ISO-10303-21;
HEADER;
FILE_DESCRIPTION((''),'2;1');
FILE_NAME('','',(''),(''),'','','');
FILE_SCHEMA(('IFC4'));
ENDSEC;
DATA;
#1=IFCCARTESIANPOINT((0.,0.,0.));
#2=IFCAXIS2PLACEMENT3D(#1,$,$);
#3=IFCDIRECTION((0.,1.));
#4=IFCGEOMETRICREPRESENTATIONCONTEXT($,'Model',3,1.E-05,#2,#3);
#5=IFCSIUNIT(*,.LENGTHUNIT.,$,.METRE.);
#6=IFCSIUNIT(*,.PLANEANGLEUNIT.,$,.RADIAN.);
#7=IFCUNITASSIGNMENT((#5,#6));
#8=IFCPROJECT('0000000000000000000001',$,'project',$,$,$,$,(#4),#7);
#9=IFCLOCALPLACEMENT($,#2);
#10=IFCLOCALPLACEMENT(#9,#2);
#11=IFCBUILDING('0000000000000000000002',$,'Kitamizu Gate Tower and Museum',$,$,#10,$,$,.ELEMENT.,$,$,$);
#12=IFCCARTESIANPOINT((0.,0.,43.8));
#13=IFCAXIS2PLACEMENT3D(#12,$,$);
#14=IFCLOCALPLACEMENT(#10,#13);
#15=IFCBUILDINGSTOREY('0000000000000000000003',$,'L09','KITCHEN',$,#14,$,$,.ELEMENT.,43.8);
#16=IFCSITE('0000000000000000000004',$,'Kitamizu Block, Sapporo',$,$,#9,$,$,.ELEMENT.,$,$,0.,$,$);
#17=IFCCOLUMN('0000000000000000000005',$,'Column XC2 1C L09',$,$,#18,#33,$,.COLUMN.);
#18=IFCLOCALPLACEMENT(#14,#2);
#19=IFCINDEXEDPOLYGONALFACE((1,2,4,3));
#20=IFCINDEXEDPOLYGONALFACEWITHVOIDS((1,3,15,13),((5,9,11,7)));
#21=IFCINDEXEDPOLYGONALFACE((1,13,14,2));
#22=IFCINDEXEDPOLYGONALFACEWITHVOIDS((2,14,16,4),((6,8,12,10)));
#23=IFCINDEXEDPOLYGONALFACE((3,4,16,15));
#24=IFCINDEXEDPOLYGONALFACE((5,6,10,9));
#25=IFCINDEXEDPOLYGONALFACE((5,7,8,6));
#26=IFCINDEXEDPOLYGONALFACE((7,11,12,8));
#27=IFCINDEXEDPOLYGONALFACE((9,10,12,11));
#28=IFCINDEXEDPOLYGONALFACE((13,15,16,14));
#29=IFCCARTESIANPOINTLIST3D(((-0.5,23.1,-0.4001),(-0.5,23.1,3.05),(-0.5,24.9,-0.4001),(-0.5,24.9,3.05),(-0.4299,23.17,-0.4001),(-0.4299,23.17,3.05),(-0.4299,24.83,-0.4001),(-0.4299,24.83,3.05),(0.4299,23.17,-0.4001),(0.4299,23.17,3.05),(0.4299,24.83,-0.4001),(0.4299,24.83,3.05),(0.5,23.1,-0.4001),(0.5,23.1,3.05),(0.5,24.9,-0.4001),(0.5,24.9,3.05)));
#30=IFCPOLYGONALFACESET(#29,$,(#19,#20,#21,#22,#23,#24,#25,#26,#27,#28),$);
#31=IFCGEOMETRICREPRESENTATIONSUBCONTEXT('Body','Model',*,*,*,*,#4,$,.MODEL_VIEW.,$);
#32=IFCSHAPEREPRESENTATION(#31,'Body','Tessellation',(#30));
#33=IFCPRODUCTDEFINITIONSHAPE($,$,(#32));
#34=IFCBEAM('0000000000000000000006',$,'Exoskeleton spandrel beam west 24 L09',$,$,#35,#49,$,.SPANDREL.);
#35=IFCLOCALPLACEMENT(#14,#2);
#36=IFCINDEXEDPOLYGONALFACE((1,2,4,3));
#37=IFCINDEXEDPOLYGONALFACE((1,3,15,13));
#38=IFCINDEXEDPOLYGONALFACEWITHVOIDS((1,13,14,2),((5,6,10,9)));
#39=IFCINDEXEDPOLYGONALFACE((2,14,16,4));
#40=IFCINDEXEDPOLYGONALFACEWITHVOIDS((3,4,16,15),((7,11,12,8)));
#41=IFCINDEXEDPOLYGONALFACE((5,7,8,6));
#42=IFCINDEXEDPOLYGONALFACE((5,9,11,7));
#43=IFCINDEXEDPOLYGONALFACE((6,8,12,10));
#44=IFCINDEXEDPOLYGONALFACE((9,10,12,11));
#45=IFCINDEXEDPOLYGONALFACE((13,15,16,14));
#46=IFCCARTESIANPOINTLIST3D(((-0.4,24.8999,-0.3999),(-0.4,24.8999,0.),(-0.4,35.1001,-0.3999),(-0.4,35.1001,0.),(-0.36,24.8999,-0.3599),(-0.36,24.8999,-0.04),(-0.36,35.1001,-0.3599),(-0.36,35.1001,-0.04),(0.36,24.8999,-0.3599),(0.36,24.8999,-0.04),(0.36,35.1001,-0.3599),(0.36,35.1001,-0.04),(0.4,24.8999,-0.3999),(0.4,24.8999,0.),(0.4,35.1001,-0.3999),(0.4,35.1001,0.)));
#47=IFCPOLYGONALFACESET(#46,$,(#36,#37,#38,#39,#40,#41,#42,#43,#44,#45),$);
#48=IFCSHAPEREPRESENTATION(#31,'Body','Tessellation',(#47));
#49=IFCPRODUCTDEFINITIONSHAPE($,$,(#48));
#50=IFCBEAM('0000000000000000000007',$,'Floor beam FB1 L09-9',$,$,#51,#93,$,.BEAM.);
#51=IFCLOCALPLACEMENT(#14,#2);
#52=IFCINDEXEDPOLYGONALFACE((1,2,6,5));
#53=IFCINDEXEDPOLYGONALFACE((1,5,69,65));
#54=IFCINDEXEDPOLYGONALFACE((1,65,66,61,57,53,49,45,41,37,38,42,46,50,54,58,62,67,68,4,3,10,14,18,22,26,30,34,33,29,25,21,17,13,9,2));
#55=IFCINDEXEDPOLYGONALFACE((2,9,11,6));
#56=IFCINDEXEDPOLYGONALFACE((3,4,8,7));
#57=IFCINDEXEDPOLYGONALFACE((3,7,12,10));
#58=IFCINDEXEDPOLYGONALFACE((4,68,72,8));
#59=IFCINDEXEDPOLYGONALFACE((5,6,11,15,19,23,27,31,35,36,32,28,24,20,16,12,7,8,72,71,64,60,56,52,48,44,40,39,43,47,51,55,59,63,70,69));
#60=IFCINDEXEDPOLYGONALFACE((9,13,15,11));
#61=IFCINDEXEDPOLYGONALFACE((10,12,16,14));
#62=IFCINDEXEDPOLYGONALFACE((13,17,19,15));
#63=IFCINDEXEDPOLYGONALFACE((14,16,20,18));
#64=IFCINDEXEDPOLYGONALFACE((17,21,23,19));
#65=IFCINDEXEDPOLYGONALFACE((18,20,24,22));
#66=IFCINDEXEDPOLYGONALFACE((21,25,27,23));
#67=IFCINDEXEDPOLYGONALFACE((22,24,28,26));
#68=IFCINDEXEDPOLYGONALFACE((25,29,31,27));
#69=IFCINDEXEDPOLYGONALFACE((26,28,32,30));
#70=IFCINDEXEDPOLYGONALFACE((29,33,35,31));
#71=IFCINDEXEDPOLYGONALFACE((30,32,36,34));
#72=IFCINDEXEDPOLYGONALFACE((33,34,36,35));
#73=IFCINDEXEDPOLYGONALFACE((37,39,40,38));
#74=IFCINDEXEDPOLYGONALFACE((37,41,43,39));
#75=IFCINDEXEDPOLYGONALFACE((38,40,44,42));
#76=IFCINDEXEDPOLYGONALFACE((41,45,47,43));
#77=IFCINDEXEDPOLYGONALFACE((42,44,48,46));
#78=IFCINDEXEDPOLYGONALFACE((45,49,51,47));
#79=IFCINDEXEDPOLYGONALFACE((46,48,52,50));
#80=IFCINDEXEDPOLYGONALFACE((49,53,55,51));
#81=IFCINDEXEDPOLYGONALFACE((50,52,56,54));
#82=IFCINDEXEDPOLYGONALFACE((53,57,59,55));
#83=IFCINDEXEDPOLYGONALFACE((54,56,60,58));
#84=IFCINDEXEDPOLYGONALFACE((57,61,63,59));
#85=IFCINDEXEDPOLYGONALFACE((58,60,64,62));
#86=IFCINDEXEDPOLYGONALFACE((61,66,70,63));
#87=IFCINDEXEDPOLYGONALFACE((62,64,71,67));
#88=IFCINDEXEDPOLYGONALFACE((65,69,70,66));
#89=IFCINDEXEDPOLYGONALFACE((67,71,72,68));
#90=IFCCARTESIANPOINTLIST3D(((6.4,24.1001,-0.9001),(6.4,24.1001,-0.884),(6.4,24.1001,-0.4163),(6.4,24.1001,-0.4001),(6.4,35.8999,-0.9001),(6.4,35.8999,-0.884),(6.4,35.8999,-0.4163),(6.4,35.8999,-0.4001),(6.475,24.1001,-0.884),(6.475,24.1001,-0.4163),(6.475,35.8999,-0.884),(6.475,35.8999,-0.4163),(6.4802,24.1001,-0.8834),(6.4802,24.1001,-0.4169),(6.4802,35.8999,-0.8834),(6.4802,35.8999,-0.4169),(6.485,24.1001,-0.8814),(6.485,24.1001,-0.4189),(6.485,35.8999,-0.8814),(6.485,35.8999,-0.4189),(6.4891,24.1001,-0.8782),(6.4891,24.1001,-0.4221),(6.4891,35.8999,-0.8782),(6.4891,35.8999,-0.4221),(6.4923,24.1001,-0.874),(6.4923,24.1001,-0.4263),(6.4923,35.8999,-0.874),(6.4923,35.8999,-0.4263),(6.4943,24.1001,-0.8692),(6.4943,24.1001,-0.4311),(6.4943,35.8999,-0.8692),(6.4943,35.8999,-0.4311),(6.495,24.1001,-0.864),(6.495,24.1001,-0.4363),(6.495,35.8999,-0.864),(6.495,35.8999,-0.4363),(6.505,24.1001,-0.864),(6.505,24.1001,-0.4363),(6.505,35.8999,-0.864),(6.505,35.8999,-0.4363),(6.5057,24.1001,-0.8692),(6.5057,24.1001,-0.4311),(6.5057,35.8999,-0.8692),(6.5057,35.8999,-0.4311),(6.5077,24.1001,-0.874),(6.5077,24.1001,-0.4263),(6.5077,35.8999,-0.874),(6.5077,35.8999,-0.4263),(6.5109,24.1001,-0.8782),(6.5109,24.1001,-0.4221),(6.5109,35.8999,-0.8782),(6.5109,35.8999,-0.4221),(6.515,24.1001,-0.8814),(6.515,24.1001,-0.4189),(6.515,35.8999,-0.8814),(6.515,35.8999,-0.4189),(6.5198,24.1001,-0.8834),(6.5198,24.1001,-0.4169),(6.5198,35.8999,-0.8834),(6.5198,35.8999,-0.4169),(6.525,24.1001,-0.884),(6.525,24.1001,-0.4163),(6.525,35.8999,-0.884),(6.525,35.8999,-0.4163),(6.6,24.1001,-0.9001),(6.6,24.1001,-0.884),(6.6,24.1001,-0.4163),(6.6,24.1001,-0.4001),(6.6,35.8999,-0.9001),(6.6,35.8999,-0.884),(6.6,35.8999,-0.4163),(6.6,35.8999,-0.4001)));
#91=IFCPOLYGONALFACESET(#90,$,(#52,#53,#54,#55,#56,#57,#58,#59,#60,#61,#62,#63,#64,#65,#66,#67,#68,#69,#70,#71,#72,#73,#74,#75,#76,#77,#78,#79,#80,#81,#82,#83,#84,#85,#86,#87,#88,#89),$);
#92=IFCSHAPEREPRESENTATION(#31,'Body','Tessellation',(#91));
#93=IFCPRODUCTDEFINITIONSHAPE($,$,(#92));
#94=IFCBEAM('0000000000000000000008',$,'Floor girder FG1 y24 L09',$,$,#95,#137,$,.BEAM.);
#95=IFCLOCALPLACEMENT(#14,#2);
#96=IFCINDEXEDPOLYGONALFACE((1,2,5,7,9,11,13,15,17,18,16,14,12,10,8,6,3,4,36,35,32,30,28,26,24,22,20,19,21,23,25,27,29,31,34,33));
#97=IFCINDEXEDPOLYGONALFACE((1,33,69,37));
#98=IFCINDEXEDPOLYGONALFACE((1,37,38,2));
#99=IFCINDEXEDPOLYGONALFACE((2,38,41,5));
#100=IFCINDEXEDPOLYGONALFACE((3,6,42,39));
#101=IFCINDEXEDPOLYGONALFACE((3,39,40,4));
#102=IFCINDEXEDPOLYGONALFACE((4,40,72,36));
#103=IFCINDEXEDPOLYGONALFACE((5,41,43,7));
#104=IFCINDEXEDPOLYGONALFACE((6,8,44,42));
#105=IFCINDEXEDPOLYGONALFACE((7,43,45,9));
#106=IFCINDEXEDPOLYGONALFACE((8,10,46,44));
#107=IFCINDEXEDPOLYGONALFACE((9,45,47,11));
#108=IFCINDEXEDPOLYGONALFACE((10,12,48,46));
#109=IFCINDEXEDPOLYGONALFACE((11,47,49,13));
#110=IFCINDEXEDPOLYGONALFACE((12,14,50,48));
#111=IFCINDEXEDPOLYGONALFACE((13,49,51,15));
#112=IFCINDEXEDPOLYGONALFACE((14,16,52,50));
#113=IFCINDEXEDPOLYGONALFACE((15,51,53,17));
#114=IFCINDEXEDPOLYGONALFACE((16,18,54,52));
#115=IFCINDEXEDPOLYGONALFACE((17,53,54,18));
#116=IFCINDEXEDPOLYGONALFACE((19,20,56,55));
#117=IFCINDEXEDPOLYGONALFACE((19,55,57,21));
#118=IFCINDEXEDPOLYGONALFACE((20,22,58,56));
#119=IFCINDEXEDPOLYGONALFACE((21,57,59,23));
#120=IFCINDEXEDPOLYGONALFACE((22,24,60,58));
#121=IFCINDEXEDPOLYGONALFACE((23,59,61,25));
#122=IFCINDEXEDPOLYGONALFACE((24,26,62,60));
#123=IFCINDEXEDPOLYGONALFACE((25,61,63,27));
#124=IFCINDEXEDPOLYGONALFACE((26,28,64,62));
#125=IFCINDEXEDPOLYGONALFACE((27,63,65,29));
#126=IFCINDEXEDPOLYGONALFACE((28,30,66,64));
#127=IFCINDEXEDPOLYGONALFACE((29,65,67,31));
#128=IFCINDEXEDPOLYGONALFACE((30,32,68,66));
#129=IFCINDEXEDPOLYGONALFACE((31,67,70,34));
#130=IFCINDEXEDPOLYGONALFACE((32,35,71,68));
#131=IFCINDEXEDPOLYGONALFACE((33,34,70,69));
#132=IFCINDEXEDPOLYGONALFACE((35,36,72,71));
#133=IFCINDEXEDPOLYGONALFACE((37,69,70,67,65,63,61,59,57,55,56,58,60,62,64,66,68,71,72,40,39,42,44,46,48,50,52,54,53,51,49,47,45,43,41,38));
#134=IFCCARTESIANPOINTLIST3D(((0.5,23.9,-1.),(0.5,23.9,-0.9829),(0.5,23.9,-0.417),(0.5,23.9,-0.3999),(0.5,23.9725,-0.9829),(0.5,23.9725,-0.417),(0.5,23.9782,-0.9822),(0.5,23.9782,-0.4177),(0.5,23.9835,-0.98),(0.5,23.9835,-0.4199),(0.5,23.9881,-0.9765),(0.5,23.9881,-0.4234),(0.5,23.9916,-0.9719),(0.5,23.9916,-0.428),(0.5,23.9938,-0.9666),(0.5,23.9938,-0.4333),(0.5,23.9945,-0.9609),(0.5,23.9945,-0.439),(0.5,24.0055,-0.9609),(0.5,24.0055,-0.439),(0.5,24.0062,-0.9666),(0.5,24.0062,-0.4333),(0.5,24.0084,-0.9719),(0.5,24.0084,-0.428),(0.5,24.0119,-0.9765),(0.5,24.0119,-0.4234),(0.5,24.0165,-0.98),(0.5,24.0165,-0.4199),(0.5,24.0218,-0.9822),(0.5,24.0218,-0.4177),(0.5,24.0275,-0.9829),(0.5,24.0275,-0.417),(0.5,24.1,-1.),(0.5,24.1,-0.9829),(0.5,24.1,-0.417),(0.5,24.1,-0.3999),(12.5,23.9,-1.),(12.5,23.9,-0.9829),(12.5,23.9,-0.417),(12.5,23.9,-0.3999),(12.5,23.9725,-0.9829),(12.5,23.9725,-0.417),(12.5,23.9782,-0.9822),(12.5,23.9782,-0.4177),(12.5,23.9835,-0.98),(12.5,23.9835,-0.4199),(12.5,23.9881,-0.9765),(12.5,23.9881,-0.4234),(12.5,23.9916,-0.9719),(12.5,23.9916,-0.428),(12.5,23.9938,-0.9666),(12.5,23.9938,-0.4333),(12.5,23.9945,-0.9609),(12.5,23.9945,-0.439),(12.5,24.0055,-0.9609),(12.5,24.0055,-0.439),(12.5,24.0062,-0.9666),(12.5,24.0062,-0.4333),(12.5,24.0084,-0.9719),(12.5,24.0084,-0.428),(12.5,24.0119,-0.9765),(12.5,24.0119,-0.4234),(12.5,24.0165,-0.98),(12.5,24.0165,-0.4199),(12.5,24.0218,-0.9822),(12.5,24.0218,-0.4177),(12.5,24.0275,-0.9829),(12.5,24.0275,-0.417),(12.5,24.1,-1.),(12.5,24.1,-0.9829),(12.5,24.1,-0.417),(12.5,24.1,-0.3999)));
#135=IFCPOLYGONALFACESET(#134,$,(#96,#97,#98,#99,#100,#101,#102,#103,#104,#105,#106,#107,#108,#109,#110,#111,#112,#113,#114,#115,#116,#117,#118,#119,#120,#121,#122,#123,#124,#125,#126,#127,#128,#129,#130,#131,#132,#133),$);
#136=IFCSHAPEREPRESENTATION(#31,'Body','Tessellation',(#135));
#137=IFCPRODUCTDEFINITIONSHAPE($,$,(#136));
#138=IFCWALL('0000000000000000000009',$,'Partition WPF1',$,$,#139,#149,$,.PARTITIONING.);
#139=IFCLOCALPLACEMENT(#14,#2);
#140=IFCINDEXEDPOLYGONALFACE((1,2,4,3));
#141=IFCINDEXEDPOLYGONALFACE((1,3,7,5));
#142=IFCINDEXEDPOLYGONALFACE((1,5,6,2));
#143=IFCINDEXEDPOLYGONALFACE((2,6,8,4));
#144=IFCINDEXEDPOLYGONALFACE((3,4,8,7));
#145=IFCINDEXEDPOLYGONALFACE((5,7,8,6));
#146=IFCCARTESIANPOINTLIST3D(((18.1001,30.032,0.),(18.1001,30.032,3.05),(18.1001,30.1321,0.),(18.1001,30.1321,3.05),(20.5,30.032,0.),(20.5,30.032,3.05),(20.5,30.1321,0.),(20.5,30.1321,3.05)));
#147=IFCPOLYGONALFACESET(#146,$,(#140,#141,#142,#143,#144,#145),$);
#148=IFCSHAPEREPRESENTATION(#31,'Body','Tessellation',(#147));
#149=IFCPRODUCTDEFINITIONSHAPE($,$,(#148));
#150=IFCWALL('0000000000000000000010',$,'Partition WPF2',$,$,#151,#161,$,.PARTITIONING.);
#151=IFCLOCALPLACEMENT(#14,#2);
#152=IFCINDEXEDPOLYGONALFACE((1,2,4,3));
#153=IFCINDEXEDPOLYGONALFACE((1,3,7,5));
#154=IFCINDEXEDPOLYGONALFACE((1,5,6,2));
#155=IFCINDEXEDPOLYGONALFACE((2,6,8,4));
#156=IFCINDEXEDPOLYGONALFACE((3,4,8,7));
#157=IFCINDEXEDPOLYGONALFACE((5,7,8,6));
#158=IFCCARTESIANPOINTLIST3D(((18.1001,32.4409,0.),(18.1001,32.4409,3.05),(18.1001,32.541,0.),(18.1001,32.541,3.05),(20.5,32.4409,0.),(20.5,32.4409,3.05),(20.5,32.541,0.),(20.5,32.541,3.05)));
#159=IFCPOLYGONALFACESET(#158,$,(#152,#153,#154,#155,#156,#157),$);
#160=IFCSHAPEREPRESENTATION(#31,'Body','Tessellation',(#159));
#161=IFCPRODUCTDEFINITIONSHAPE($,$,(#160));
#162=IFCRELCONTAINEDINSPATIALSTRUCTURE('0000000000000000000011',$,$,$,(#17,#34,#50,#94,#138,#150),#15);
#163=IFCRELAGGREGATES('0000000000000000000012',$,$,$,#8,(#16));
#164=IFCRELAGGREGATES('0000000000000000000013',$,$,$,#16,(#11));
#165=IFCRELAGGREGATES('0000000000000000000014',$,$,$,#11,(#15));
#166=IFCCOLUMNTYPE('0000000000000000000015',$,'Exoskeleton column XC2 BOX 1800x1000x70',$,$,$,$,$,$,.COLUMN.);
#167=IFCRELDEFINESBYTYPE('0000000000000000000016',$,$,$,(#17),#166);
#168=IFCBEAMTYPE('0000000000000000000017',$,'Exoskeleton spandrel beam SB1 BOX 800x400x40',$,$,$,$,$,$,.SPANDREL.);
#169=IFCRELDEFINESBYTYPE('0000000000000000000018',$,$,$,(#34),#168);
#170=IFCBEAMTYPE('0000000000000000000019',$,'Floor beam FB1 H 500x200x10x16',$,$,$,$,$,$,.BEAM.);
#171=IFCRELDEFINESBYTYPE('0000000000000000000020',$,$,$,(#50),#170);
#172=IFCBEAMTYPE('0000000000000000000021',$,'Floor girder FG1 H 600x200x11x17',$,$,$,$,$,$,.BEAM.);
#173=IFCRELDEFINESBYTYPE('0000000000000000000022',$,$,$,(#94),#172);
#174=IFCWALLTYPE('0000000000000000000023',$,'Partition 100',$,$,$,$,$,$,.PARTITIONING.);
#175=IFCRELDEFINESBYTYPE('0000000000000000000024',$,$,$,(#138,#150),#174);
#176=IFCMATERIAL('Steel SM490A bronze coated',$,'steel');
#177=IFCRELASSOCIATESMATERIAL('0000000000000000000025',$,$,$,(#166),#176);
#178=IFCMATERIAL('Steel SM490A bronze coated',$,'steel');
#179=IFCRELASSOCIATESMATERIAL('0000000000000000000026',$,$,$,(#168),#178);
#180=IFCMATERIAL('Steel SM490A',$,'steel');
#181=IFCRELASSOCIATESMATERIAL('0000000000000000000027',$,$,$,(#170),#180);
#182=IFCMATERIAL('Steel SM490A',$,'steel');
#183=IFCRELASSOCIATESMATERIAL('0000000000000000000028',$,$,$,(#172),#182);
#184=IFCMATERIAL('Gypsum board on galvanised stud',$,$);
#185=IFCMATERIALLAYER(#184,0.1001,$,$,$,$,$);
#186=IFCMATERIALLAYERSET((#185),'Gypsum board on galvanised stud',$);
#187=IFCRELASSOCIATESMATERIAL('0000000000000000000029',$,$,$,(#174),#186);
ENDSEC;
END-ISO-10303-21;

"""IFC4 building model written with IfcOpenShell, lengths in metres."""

from ifc_helpers import new_model, si_unit, direction, frame, frame_2d, origin, origin_2d, place, context, subcontext, project, spatial, rectangle, hollow_rectangle, i_section, extrude, material, layer, layer_set, material_profile, profile_set, type_object, element, save


model = new_model("IFC4")

# Units and contexts
model_context = context("Model", 3, precision=1e-05, world=origin(), true_north=direction((0.0, 1.0)))
body_context = subcontext(model_context, "Body", "Model", "MODEL_VIEW")
ifc_project = project(units=[si_unit("LENGTHUNIT", "METRE"), si_unit("PLANEANGLEUNIT", "RADIAN")], contexts=[model_context])

# Site, building, storey
site_placement = place(None, origin())
site = spatial("IfcSite", under=ifc_project, at=site_placement, Name="Kitamizu Block, Sapporo", CompositionType="ELEMENT", RefElevation=0.0)
building_placement = place(site_placement, origin())
building = spatial("IfcBuilding", under=site, at=building_placement, Name="Kitamizu Gate Tower and Museum", CompositionType="ELEMENT")
storey_placement = place(building_placement, frame((0.0, 0.0, 43.8)))
storey = spatial("IfcBuildingStorey", under=building, at=storey_placement, Name="L09", Description="KITCHEN", CompositionType="ELEMENT", Elevation=43.8)

# Column
ifc_material_1 = material(Name="Steel SM490A bronze coated", Category="steel")
ifc_material_profile_1 = material_profile(ifc_material_1, hollow_rectangle(XDim=1.8, YDim=1.0, WallThickness=0.0701, at=origin_2d()), Name="BOX 1800x1000x70")
ifc_profile_set_1 = profile_set([ifc_material_profile_1], Name="Steel SM490A bronze coated")
column_type = type_object("IfcColumnType", Name="Exoskeleton column XC2 BOX 1800x1000x70", PredefinedType="COLUMN", material=ifc_profile_set_1)
column_placement = place(storey_placement, frame((0.0, 24.0, -0.4001), z_axis=(0.0, 0.0, 1.0), x_axis=(0.0, 1.0, 0.0)))
element("IfcColumn", 1, at=column_placement, inside=storey, type_object=column_type, Name="Column XC2 1C L09", PredefinedType="COLUMN", context=body_context, shape_type="SweptSolid", body=[
    extrude(hollow_rectangle(XDim=1.8, YDim=1.0, WallThickness=0.0701, at=origin_2d()), origin(), (0.0, 0.0, 1.0), 3.4502),
])

# Beams
ifc_material_2 = material(Name="Steel SM490A bronze coated", Category="steel")
ifc_material_profile_2 = material_profile(ifc_material_2, hollow_rectangle(XDim=0.8, YDim=0.3999, WallThickness=0.04, at=origin_2d()), Name="BOX 800x400x40")
ifc_profile_set_2 = profile_set([ifc_material_profile_2], Name="Steel SM490A bronze coated")
beam_type_1 = type_object("IfcBeamType", Name="Exoskeleton spandrel beam SB1 BOX 800x400x40", PredefinedType="SPANDREL", material=ifc_profile_set_2)
beam_1_placement = place(storey_placement, frame((0.0, 24.8999, -0.2), z_axis=(0.0, 1.0, 0.0), x_axis=(-1.0, 0.0, 0.0)))
element("IfcBeam", 2, at=beam_1_placement, inside=storey, type_object=beam_type_1, Name="Exoskeleton spandrel beam west 24 L09", PredefinedType="SPANDREL", context=body_context, shape_type="SweptSolid", body=[
    extrude(hollow_rectangle(XDim=0.8, YDim=0.3999, WallThickness=0.04, at=origin_2d()), origin(), (0.0, 0.0, 1.0), 10.2002),
])
ifc_material_3 = material(Name="Steel SM490A", Category="steel")
ifc_material_profile_3 = material_profile(ifc_material_3, i_section(OverallWidth=0.2, OverallDepth=0.5, WebThickness=0.01, FlangeThickness=0.0161, FilletRadius=0.02, at=origin_2d()), Name="H-500x200x10x16")
ifc_profile_set_3 = profile_set([ifc_material_profile_3], Name="Steel SM490A")
beam_type_2 = type_object("IfcBeamType", Name="Floor beam FB1 H 500x200x10x16", PredefinedType="BEAM", material=ifc_profile_set_3)
beam_2_placement = place(storey_placement, frame((6.5, 24.1001, -0.6501), z_axis=(0.0, 1.0, 0.0), x_axis=(-1.0, 0.0, 0.0)))
element("IfcBeam", 3, at=beam_2_placement, inside=storey, type_object=beam_type_2, Name="Floor beam FB1 L09-9", PredefinedType="BEAM", context=body_context, shape_type="SweptSolid", body=[
    extrude(i_section(OverallWidth=0.2, OverallDepth=0.5, WebThickness=0.01, FlangeThickness=0.0161, FilletRadius=0.02, at=origin_2d()), origin(), (0.0, 0.0, 1.0), 11.7998),
])
ifc_material_4 = material(Name="Steel SM490A", Category="steel")
ifc_material_profile_4 = material_profile(ifc_material_4, i_section(OverallWidth=0.2, OverallDepth=0.6001, WebThickness=0.011, FlangeThickness=0.0171, FilletRadius=0.022, at=origin_2d()), Name="H-600x200x11x17")
ifc_profile_set_4 = profile_set([ifc_material_profile_4], Name="Steel SM490A")
beam_type_3 = type_object("IfcBeamType", Name="Floor girder FG1 H 600x200x11x17", PredefinedType="BEAM", material=ifc_profile_set_4)
beam_3_placement = place(storey_placement, frame((0.5, 24.0, -0.7), z_axis=(1.0, 0.0, 0.0), x_axis=(0.0, 1.0, 0.0)))
element("IfcBeam", 4, at=beam_3_placement, inside=storey, type_object=beam_type_3, Name="Floor girder FG1 y24 L09", PredefinedType="BEAM", context=body_context, shape_type="SweptSolid", body=[
    extrude(i_section(OverallWidth=0.2, OverallDepth=0.6001, WebThickness=0.011, FlangeThickness=0.0171, FilletRadius=0.022, at=origin_2d()), origin(), (0.0, 0.0, 1.0), 12.0),
])

# Walls
ifc_material_5 = material(Name="Gypsum board on galvanised stud")
ifc_layer_1 = layer(ifc_material_5, 0.1001)
ifc_layer_set_1 = layer_set([ifc_layer_1], Name="Gypsum board on galvanised stud")
wall_type_1 = type_object("IfcWallType", Name="Partition 100", PredefinedType="PARTITIONING", material=ifc_layer_set_1)
for number, where, z_axis, x_axis, name in (
    (5, (18.1001, 30.082, 0.0), (0.0, 0.0, 1.0), (1.0, 0.0, 0.0), "Partition WPF1"),
    (6, (18.1001, 32.491, 0.0), (0.0, 0.0, 1.0), (1.0, 0.0, 0.0), "Partition WPF2"),
):
    element("IfcWall", number, at=place(storey_placement, frame(where, z_axis=z_axis, x_axis=x_axis)), inside=storey, type_object=wall_type_1, Name=name, PredefinedType="PARTITIONING", context=body_context, shape_type="SweptSolid", body=[
        extrude(rectangle(XDim=2.3999, YDim=0.1001, at=frame_2d((1.2, 0.0))), origin(), (0.0, 0.0, 1.0), 3.05),
    ])

save(model, "model.ifc")
